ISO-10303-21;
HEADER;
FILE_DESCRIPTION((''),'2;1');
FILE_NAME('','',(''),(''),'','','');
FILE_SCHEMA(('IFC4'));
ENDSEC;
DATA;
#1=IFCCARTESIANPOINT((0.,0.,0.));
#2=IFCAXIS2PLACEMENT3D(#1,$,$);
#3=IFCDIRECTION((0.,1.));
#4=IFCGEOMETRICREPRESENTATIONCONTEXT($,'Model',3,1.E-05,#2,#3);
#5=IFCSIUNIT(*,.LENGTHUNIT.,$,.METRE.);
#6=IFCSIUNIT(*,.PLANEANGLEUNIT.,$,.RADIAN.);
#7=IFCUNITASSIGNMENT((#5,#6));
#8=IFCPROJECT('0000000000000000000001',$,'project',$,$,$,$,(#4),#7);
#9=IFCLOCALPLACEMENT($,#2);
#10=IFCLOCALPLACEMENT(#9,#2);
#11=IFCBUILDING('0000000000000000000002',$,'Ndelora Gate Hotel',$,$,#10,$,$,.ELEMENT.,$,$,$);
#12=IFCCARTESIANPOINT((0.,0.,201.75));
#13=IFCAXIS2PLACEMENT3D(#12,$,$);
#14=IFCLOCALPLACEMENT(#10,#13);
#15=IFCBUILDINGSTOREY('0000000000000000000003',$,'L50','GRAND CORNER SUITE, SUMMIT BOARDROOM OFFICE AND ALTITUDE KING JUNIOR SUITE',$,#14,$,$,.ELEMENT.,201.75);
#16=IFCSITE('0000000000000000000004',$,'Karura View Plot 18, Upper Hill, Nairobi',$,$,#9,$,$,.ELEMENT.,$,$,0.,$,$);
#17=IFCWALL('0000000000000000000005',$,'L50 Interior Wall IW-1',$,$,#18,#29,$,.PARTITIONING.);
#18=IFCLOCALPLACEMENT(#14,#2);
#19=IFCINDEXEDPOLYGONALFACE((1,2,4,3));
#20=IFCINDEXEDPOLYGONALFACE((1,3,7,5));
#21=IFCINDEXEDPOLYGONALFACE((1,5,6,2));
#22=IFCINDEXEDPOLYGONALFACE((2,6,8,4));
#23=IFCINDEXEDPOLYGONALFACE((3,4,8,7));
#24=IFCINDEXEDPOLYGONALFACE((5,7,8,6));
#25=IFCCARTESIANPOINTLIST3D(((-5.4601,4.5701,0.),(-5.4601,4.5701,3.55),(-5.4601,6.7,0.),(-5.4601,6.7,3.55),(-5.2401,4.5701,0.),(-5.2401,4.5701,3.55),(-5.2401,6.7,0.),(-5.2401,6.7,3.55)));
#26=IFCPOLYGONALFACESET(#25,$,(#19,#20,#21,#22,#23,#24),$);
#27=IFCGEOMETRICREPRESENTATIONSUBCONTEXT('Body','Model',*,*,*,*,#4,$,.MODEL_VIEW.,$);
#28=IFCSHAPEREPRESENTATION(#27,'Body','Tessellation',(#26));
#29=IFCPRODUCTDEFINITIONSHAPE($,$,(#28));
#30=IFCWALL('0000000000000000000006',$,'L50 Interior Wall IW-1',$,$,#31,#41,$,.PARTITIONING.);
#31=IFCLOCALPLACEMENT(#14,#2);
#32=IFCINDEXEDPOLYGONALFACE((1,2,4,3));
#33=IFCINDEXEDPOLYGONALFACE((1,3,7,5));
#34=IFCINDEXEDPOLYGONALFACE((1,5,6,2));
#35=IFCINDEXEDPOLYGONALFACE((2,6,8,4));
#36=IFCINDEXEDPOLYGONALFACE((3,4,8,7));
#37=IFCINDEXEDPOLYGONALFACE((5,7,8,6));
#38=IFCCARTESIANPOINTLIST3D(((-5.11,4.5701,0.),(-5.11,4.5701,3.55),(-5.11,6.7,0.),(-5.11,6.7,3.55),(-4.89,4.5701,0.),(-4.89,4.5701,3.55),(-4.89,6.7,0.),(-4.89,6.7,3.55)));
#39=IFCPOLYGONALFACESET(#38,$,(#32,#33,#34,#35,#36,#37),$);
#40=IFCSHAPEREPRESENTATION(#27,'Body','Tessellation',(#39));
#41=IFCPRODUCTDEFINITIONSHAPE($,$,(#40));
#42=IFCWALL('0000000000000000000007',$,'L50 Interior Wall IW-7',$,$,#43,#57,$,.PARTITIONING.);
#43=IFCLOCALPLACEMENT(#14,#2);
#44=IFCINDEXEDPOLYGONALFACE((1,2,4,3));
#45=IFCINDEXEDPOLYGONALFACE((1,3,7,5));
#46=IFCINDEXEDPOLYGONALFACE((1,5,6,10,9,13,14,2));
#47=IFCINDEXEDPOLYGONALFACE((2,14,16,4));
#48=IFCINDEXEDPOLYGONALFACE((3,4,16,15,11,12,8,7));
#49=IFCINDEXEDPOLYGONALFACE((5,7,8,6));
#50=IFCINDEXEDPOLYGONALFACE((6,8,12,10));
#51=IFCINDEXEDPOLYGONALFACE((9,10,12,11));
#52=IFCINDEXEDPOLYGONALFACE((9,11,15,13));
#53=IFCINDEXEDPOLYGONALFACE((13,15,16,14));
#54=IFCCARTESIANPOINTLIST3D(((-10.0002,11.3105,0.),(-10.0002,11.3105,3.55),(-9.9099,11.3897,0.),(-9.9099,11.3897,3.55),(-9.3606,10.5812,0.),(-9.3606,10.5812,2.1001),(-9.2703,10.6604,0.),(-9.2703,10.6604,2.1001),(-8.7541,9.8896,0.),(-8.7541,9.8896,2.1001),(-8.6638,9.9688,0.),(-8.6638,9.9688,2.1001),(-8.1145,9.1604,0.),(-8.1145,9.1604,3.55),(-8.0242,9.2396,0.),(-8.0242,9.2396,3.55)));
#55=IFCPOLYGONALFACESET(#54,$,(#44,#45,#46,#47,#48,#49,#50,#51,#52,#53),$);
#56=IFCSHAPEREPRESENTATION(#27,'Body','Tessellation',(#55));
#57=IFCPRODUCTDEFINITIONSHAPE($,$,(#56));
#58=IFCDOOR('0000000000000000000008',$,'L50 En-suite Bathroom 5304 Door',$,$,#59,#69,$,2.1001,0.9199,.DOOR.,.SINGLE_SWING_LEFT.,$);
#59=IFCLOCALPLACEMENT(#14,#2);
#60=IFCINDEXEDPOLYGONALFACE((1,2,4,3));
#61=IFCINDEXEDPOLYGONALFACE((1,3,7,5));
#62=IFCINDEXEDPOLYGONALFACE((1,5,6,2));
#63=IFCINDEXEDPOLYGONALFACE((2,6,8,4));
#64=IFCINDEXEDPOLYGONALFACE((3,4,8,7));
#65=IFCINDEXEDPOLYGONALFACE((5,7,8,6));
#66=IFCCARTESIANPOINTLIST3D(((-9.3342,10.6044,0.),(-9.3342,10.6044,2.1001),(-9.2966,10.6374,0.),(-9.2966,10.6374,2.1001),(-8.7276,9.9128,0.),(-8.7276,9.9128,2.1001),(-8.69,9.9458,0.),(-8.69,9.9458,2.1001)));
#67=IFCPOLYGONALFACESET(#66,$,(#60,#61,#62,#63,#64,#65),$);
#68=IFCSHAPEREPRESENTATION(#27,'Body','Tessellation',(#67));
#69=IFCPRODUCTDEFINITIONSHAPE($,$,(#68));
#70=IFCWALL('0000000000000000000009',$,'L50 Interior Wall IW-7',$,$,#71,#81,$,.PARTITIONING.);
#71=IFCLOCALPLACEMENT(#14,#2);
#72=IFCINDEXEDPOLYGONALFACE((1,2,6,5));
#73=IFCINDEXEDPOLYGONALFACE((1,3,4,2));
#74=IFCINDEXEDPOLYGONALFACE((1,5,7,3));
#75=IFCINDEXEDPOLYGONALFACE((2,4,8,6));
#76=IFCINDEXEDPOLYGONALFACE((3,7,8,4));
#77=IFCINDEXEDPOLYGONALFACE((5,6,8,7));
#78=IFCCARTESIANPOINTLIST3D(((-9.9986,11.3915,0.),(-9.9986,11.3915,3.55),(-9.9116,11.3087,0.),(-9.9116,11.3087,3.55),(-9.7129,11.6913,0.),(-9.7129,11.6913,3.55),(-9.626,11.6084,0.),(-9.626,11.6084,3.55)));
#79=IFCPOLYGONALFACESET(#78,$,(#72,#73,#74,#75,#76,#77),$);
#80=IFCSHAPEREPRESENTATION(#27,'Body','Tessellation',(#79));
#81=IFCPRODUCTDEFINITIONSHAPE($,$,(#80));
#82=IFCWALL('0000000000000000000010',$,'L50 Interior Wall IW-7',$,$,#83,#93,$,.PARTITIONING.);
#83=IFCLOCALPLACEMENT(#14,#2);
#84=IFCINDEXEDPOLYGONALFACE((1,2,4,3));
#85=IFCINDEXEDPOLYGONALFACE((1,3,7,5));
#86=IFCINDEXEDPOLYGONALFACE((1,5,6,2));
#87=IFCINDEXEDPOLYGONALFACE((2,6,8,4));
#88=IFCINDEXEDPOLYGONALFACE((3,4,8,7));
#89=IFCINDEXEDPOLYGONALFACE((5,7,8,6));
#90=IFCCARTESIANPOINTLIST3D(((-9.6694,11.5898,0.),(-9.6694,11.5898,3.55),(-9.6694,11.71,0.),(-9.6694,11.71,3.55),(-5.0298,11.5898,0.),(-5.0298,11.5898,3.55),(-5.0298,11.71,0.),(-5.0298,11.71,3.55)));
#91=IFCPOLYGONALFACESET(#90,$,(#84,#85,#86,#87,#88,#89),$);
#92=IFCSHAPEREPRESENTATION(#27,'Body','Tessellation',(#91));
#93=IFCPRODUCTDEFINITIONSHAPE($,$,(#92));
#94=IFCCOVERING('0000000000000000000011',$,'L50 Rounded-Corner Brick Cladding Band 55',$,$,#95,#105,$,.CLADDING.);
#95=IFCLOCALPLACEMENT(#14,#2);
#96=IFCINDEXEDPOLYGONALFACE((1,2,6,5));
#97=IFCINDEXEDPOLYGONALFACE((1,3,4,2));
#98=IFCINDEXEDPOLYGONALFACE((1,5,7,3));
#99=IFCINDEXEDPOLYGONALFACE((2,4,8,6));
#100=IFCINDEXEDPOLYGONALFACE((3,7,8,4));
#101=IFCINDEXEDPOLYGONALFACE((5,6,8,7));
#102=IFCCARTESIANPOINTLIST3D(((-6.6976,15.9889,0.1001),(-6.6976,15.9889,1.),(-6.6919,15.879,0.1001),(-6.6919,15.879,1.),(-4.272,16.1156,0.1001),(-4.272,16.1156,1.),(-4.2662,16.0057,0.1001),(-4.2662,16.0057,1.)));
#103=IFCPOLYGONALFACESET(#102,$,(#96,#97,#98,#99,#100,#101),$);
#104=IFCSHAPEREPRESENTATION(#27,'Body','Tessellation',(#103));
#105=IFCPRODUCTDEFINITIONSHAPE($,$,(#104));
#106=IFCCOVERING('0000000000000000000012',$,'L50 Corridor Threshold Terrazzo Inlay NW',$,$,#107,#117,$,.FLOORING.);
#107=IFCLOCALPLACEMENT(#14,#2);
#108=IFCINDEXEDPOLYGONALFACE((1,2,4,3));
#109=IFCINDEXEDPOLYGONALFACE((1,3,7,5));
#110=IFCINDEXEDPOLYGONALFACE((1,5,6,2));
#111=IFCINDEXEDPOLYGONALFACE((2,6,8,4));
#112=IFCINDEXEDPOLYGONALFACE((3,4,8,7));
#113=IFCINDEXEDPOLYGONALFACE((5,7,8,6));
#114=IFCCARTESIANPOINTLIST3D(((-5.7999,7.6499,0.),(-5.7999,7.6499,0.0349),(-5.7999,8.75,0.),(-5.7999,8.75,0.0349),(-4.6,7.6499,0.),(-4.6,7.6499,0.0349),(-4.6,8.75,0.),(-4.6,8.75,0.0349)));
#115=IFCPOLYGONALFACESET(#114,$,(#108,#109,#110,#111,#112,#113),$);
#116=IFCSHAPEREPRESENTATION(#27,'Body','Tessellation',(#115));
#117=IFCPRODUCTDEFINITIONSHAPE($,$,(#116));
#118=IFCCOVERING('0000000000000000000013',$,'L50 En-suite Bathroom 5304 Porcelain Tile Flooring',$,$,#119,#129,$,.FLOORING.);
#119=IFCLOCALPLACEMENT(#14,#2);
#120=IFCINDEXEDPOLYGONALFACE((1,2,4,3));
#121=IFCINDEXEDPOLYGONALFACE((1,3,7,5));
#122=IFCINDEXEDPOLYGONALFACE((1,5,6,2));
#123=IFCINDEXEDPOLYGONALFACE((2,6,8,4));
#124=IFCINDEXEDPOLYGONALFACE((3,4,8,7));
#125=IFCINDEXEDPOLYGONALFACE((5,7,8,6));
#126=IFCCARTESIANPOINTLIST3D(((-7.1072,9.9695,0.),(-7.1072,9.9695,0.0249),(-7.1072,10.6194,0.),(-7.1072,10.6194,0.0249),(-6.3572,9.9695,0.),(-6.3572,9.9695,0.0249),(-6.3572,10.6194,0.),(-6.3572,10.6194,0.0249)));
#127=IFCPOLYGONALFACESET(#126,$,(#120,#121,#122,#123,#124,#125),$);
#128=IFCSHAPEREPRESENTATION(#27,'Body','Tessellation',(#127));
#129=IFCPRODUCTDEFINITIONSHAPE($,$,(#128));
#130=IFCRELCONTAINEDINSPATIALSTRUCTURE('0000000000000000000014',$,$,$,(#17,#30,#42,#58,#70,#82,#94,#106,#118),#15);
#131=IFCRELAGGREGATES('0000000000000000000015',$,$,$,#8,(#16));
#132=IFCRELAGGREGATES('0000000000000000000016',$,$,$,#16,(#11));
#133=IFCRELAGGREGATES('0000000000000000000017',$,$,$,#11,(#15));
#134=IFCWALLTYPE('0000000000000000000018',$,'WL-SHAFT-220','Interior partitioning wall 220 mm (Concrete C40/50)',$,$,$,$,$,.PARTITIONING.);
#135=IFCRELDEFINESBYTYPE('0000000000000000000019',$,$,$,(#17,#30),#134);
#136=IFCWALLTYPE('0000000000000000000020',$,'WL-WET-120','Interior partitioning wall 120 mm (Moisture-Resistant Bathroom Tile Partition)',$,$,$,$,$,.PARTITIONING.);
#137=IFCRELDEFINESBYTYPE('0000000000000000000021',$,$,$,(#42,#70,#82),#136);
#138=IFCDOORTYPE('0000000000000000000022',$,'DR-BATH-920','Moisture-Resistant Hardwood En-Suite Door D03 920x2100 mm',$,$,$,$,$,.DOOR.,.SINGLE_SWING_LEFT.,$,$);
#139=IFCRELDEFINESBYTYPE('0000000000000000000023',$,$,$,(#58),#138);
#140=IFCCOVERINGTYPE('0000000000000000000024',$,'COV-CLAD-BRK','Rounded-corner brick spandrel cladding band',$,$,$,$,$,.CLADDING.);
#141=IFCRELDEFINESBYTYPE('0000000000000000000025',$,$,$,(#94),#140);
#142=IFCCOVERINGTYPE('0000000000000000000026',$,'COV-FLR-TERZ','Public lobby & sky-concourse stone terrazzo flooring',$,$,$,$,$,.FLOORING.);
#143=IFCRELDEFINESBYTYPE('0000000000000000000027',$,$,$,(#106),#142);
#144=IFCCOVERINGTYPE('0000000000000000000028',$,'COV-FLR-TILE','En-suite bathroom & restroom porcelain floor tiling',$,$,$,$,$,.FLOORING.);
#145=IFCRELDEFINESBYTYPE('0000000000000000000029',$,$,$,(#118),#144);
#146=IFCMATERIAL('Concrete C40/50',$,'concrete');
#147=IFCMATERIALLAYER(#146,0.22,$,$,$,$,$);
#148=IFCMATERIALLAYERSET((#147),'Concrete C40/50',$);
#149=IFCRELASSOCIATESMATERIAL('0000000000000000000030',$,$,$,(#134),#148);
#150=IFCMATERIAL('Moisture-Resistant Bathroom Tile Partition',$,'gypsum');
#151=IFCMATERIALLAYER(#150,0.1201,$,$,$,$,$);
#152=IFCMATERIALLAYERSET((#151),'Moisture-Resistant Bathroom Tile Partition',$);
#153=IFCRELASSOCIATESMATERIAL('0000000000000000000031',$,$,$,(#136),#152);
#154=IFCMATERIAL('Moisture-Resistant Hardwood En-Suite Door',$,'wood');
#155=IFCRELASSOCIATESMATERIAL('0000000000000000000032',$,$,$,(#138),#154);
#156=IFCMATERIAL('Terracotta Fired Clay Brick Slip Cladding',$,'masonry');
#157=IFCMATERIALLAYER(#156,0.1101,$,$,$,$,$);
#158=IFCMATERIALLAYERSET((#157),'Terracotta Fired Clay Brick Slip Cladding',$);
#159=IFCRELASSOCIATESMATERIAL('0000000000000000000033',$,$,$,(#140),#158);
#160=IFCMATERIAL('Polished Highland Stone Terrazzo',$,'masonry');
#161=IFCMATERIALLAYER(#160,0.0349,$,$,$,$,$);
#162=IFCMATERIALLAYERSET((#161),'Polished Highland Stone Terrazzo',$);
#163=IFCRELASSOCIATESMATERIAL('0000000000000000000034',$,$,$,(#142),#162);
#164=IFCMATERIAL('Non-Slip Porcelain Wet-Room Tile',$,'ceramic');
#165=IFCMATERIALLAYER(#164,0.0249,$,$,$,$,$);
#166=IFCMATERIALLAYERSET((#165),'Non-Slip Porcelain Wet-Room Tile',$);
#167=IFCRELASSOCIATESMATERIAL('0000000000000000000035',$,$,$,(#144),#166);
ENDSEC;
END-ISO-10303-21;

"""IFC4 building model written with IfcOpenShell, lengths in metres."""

from ifc_helpers import new_model, si_unit, direction, frame, frame_2d, origin, origin_2d, place, context, subcontext, project, spatial, rectangle, extrude, material, layer, layer_set, type_object, element, fill, save


model = new_model("IFC4")

# Units and contexts
model_context = context("Model", 3, precision=1e-05, world=origin(), true_north=direction((0.0, 1.0)))
body_context = subcontext(model_context, "Body", "Model", "MODEL_VIEW")
ifc_project = project(units=[si_unit("LENGTHUNIT", "METRE"), si_unit("PLANEANGLEUNIT", "RADIAN")], contexts=[model_context])

# Site, building, storey
site_placement = place(None, origin())
site = spatial("IfcSite", under=ifc_project, at=site_placement, Name="Karura View Plot 18, Upper Hill, Nairobi", CompositionType="ELEMENT", RefElevation=0.0)
building_placement = place(site_placement, origin())
building = spatial("IfcBuilding", under=site, at=building_placement, Name="Ndelora Gate Hotel", CompositionType="ELEMENT")
storey_placement = place(building_placement, frame((0.0, 0.0, 201.75)))
storey = spatial("IfcBuildingStorey", under=building, at=storey_placement, Name="L50", Description="GRAND CORNER SUITE, SUMMIT BOARDROOM OFFICE AND ALTITUDE KING JUNIOR SUITE", CompositionType="ELEMENT", Elevation=201.75)

# Walls
ifc_material_1 = material(Name="Concrete C40/50", Category="concrete")
ifc_layer_1 = layer(ifc_material_1, 0.22)
ifc_layer_set_1 = layer_set([ifc_layer_1], Name="Concrete C40/50")
wall_type_1 = type_object("IfcWallType", Name="WL-SHAFT-220", Description="Interior partitioning wall 220 mm (Concrete C40/50)", PredefinedType="PARTITIONING", material=ifc_layer_set_1)
for number, where, z_axis, x_axis, name in (
    (1, (-5.3501, 4.5701, 0.0), (0.0, 0.0, 1.0), (0.0, 1.0, 0.0), "L50 Interior Wall IW-1"),
    (2, (-5.0, 4.5701, 0.0), (0.0, 0.0, 1.0), (0.0, 1.0, 0.0), "L50 Interior Wall IW-1"),
):
    element("IfcWall", number, at=place(storey_placement, frame(where, z_axis=z_axis, x_axis=x_axis)), inside=storey, type_object=wall_type_1, Name=name, PredefinedType="PARTITIONING", context=body_context, shape_type="SweptSolid", body=[
        extrude(rectangle(XDim=2.1299, YDim=0.22, at=frame_2d((1.0649, 0.0))), origin(), (0.0, 0.0, 1.0), 3.55),
    ])

# Wall, opening, door
ifc_material_2 = material(Name="Moisture-Resistant Bathroom Tile Partition", Category="gypsum")
ifc_layer_2 = layer(ifc_material_2, 0.1201)
ifc_layer_set_2 = layer_set([ifc_layer_2], Name="Moisture-Resistant Bathroom Tile Partition")
wall_type_2 = type_object("IfcWallType", Name="WL-WET-120", Description="Interior partitioning wall 120 mm (Moisture-Resistant Bathroom Tile Partition)", PredefinedType="PARTITIONING", material=ifc_layer_set_2)
wall_1_placement = place(storey_placement, frame((-8.0693, 9.2, 0.0), z_axis=(0.0, 0.0, 1.0), x_axis=(-0.659368, 0.75182, 0.0)))
wall_1 = element("IfcWall", 3, at=wall_1_placement, inside=storey, type_object=wall_type_2, Name="L50 Interior Wall IW-7", PredefinedType="PARTITIONING", context=body_context, shape_type="SweptSolid", body=[
    extrude(rectangle(XDim=2.8599, YDim=0.1201, at=frame_2d((1.4299, 0.0))), origin(), (0.0, 0.0, 1.0), 3.55),
])
opening_1_placement = place(wall_1_placement, frame((0.97, 0.0, 0.0)))
opening_1 = element("IfcOpeningElement", 4, at=opening_1_placement, cuts=wall_1, PredefinedType="OPENING", context=body_context, shape_type="SweptSolid", body=[
    extrude(rectangle(XDim=0.9199, YDim=2.1001, at=frame_2d((0.46, 1.05))), frame((0.0, 0.0701, 0.0), z_axis=(0.0, -1.0, 0.0), x_axis=(1.0, 0.0, 0.0)), (0.0, 0.0, 1.0), 0.1401),
])
ifc_material_3 = material(Name="Moisture-Resistant Hardwood En-Suite Door", Category="wood")
door_type_1 = type_object("IfcDoorType", Name="DR-BATH-920", Description="Moisture-Resistant Hardwood En-Suite Door D03 920x2100 mm", OperationType="SINGLE_SWING_LEFT", PredefinedType="DOOR", material=ifc_material_3)
door_1_placement = place(opening_1_placement, origin())
door_1 = element("IfcDoor", 5, at=door_1_placement, inside=storey, type_object=door_type_1, Name="L50 En-suite Bathroom 5304 Door", OperationType="SINGLE_SWING_LEFT", OverallHeight=2.1001, OverallWidth=0.9199, PredefinedType="DOOR", context=body_context, shape_type="SweptSolid", body=[
    extrude(rectangle(XDim=0.9199, YDim=2.1001, at=frame_2d((0.46, 1.05))), frame((0.0, 0.0249, 0.0), z_axis=(0.0, -1.0, 0.0), x_axis=(1.0, 0.0, 0.0)), (0.0, 0.0, 1.0), 0.05),
])
fill(opening_1, door_1)

# Walls
wall_2_placement = place(storey_placement, frame((-9.9551, 11.3501, 0.0), z_axis=(0.0, 0.0, 1.0), x_axis=(0.689802, 0.723998, 0.0)))
element("IfcWall", 6, at=wall_2_placement, inside=storey, type_object=wall_type_2, Name="L50 Interior Wall IW-7", PredefinedType="PARTITIONING", context=body_context, shape_type="SweptSolid", body=[
    extrude(rectangle(XDim=0.4141, YDim=0.1201, at=frame_2d((0.207, 0.0))), origin(), (0.0, 0.0, 1.0), 3.55),
])
wall_3_placement = place(storey_placement, frame((-5.0298, 11.6499, 0.0), z_axis=(0.0, 0.0, 1.0), x_axis=(-1.0, 0.0, 0.0)))
element("IfcWall", 7, at=wall_3_placement, inside=storey, type_object=wall_type_2, Name="L50 Interior Wall IW-7", PredefinedType="PARTITIONING", context=body_context, shape_type="SweptSolid", body=[
    extrude(rectangle(XDim=4.6396, YDim=0.1201, at=frame_2d((2.3198, 0.0))), origin(), (0.0, 0.0, 1.0), 3.55),
])

# Coverings
ifc_material_4 = material(Name="Terracotta Fired Clay Brick Slip Cladding", Category="masonry")
ifc_layer_3 = layer(ifc_material_4, 0.1101)
ifc_layer_set_3 = layer_set([ifc_layer_3], Name="Terracotta Fired Clay Brick Slip Cladding")
covering_type_1 = type_object("IfcCoveringType", Name="COV-CLAD-BRK", Description="Rounded-corner brick spandrel cladding band", PredefinedType="CLADDING", material=ifc_layer_set_3)
covering_1_placement = place(storey_placement, frame((-5.4819, 15.9973, 0.1001), z_axis=(0.0, 0.0, 1.0), x_axis=(0.998639, 0.052162, 0.0)))
element("IfcCovering", 8, at=covering_1_placement, inside=storey, type_object=covering_type_1, Name="L50 Rounded-Corner Brick Cladding Band 55", PredefinedType="CLADDING", context=body_context, shape_type="SweptSolid", body=[
    extrude(rectangle(XDim=2.429, YDim=0.1101, at=origin_2d()), origin(), (0.0, 0.0, 1.0), 0.8999),
])
ifc_material_5 = material(Name="Polished Highland Stone Terrazzo", Category="masonry")
ifc_layer_4 = layer(ifc_material_5, 0.0349)
ifc_layer_set_4 = layer_set([ifc_layer_4], Name="Polished Highland Stone Terrazzo")
covering_type_2 = type_object("IfcCoveringType", Name="COV-FLR-TERZ", Description="Public lobby & sky-concourse stone terrazzo flooring", PredefinedType="FLOORING", material=ifc_layer_set_4)
covering_2_placement = place(storey_placement, frame((-5.2, 8.2, 0.0), z_axis=(0.0, 0.0, 1.0), x_axis=(1.0, 0.0, 0.0)))
element("IfcCovering", 9, at=covering_2_placement, inside=storey, type_object=covering_type_2, Name="L50 Corridor Threshold Terrazzo Inlay NW", PredefinedType="FLOORING", context=body_context, shape_type="SweptSolid", body=[
    extrude(rectangle(XDim=1.2, YDim=1.1001, at=origin_2d()), origin(), (0.0, 0.0, 1.0), 0.0349),
])
ifc_material_6 = material(Name="Non-Slip Porcelain Wet-Room Tile", Category="ceramic")
ifc_layer_5 = layer(ifc_material_6, 0.0249)
ifc_layer_set_5 = layer_set([ifc_layer_5], Name="Non-Slip Porcelain Wet-Room Tile")
covering_type_3 = type_object("IfcCoveringType", Name="COV-FLR-TILE", Description="En-suite bathroom & restroom porcelain floor tiling", PredefinedType="FLOORING", material=ifc_layer_set_5)
covering_3_placement = place(storey_placement, frame((-6.7322, 10.2944, 0.0), z_axis=(0.0, 0.0, 1.0), x_axis=(1.0, 0.0, 0.0)))
element("IfcCovering", 10, at=covering_3_placement, inside=storey, type_object=covering_type_3, Name="L50 En-suite Bathroom 5304 Porcelain Tile Flooring", PredefinedType="FLOORING", context=body_context, shape_type="SweptSolid", body=[
    extrude(rectangle(XDim=0.75, YDim=0.6499, at=origin_2d()), origin(), (0.0, 0.0, 1.0), 0.0249),
])

save(model, "model.ifc")
